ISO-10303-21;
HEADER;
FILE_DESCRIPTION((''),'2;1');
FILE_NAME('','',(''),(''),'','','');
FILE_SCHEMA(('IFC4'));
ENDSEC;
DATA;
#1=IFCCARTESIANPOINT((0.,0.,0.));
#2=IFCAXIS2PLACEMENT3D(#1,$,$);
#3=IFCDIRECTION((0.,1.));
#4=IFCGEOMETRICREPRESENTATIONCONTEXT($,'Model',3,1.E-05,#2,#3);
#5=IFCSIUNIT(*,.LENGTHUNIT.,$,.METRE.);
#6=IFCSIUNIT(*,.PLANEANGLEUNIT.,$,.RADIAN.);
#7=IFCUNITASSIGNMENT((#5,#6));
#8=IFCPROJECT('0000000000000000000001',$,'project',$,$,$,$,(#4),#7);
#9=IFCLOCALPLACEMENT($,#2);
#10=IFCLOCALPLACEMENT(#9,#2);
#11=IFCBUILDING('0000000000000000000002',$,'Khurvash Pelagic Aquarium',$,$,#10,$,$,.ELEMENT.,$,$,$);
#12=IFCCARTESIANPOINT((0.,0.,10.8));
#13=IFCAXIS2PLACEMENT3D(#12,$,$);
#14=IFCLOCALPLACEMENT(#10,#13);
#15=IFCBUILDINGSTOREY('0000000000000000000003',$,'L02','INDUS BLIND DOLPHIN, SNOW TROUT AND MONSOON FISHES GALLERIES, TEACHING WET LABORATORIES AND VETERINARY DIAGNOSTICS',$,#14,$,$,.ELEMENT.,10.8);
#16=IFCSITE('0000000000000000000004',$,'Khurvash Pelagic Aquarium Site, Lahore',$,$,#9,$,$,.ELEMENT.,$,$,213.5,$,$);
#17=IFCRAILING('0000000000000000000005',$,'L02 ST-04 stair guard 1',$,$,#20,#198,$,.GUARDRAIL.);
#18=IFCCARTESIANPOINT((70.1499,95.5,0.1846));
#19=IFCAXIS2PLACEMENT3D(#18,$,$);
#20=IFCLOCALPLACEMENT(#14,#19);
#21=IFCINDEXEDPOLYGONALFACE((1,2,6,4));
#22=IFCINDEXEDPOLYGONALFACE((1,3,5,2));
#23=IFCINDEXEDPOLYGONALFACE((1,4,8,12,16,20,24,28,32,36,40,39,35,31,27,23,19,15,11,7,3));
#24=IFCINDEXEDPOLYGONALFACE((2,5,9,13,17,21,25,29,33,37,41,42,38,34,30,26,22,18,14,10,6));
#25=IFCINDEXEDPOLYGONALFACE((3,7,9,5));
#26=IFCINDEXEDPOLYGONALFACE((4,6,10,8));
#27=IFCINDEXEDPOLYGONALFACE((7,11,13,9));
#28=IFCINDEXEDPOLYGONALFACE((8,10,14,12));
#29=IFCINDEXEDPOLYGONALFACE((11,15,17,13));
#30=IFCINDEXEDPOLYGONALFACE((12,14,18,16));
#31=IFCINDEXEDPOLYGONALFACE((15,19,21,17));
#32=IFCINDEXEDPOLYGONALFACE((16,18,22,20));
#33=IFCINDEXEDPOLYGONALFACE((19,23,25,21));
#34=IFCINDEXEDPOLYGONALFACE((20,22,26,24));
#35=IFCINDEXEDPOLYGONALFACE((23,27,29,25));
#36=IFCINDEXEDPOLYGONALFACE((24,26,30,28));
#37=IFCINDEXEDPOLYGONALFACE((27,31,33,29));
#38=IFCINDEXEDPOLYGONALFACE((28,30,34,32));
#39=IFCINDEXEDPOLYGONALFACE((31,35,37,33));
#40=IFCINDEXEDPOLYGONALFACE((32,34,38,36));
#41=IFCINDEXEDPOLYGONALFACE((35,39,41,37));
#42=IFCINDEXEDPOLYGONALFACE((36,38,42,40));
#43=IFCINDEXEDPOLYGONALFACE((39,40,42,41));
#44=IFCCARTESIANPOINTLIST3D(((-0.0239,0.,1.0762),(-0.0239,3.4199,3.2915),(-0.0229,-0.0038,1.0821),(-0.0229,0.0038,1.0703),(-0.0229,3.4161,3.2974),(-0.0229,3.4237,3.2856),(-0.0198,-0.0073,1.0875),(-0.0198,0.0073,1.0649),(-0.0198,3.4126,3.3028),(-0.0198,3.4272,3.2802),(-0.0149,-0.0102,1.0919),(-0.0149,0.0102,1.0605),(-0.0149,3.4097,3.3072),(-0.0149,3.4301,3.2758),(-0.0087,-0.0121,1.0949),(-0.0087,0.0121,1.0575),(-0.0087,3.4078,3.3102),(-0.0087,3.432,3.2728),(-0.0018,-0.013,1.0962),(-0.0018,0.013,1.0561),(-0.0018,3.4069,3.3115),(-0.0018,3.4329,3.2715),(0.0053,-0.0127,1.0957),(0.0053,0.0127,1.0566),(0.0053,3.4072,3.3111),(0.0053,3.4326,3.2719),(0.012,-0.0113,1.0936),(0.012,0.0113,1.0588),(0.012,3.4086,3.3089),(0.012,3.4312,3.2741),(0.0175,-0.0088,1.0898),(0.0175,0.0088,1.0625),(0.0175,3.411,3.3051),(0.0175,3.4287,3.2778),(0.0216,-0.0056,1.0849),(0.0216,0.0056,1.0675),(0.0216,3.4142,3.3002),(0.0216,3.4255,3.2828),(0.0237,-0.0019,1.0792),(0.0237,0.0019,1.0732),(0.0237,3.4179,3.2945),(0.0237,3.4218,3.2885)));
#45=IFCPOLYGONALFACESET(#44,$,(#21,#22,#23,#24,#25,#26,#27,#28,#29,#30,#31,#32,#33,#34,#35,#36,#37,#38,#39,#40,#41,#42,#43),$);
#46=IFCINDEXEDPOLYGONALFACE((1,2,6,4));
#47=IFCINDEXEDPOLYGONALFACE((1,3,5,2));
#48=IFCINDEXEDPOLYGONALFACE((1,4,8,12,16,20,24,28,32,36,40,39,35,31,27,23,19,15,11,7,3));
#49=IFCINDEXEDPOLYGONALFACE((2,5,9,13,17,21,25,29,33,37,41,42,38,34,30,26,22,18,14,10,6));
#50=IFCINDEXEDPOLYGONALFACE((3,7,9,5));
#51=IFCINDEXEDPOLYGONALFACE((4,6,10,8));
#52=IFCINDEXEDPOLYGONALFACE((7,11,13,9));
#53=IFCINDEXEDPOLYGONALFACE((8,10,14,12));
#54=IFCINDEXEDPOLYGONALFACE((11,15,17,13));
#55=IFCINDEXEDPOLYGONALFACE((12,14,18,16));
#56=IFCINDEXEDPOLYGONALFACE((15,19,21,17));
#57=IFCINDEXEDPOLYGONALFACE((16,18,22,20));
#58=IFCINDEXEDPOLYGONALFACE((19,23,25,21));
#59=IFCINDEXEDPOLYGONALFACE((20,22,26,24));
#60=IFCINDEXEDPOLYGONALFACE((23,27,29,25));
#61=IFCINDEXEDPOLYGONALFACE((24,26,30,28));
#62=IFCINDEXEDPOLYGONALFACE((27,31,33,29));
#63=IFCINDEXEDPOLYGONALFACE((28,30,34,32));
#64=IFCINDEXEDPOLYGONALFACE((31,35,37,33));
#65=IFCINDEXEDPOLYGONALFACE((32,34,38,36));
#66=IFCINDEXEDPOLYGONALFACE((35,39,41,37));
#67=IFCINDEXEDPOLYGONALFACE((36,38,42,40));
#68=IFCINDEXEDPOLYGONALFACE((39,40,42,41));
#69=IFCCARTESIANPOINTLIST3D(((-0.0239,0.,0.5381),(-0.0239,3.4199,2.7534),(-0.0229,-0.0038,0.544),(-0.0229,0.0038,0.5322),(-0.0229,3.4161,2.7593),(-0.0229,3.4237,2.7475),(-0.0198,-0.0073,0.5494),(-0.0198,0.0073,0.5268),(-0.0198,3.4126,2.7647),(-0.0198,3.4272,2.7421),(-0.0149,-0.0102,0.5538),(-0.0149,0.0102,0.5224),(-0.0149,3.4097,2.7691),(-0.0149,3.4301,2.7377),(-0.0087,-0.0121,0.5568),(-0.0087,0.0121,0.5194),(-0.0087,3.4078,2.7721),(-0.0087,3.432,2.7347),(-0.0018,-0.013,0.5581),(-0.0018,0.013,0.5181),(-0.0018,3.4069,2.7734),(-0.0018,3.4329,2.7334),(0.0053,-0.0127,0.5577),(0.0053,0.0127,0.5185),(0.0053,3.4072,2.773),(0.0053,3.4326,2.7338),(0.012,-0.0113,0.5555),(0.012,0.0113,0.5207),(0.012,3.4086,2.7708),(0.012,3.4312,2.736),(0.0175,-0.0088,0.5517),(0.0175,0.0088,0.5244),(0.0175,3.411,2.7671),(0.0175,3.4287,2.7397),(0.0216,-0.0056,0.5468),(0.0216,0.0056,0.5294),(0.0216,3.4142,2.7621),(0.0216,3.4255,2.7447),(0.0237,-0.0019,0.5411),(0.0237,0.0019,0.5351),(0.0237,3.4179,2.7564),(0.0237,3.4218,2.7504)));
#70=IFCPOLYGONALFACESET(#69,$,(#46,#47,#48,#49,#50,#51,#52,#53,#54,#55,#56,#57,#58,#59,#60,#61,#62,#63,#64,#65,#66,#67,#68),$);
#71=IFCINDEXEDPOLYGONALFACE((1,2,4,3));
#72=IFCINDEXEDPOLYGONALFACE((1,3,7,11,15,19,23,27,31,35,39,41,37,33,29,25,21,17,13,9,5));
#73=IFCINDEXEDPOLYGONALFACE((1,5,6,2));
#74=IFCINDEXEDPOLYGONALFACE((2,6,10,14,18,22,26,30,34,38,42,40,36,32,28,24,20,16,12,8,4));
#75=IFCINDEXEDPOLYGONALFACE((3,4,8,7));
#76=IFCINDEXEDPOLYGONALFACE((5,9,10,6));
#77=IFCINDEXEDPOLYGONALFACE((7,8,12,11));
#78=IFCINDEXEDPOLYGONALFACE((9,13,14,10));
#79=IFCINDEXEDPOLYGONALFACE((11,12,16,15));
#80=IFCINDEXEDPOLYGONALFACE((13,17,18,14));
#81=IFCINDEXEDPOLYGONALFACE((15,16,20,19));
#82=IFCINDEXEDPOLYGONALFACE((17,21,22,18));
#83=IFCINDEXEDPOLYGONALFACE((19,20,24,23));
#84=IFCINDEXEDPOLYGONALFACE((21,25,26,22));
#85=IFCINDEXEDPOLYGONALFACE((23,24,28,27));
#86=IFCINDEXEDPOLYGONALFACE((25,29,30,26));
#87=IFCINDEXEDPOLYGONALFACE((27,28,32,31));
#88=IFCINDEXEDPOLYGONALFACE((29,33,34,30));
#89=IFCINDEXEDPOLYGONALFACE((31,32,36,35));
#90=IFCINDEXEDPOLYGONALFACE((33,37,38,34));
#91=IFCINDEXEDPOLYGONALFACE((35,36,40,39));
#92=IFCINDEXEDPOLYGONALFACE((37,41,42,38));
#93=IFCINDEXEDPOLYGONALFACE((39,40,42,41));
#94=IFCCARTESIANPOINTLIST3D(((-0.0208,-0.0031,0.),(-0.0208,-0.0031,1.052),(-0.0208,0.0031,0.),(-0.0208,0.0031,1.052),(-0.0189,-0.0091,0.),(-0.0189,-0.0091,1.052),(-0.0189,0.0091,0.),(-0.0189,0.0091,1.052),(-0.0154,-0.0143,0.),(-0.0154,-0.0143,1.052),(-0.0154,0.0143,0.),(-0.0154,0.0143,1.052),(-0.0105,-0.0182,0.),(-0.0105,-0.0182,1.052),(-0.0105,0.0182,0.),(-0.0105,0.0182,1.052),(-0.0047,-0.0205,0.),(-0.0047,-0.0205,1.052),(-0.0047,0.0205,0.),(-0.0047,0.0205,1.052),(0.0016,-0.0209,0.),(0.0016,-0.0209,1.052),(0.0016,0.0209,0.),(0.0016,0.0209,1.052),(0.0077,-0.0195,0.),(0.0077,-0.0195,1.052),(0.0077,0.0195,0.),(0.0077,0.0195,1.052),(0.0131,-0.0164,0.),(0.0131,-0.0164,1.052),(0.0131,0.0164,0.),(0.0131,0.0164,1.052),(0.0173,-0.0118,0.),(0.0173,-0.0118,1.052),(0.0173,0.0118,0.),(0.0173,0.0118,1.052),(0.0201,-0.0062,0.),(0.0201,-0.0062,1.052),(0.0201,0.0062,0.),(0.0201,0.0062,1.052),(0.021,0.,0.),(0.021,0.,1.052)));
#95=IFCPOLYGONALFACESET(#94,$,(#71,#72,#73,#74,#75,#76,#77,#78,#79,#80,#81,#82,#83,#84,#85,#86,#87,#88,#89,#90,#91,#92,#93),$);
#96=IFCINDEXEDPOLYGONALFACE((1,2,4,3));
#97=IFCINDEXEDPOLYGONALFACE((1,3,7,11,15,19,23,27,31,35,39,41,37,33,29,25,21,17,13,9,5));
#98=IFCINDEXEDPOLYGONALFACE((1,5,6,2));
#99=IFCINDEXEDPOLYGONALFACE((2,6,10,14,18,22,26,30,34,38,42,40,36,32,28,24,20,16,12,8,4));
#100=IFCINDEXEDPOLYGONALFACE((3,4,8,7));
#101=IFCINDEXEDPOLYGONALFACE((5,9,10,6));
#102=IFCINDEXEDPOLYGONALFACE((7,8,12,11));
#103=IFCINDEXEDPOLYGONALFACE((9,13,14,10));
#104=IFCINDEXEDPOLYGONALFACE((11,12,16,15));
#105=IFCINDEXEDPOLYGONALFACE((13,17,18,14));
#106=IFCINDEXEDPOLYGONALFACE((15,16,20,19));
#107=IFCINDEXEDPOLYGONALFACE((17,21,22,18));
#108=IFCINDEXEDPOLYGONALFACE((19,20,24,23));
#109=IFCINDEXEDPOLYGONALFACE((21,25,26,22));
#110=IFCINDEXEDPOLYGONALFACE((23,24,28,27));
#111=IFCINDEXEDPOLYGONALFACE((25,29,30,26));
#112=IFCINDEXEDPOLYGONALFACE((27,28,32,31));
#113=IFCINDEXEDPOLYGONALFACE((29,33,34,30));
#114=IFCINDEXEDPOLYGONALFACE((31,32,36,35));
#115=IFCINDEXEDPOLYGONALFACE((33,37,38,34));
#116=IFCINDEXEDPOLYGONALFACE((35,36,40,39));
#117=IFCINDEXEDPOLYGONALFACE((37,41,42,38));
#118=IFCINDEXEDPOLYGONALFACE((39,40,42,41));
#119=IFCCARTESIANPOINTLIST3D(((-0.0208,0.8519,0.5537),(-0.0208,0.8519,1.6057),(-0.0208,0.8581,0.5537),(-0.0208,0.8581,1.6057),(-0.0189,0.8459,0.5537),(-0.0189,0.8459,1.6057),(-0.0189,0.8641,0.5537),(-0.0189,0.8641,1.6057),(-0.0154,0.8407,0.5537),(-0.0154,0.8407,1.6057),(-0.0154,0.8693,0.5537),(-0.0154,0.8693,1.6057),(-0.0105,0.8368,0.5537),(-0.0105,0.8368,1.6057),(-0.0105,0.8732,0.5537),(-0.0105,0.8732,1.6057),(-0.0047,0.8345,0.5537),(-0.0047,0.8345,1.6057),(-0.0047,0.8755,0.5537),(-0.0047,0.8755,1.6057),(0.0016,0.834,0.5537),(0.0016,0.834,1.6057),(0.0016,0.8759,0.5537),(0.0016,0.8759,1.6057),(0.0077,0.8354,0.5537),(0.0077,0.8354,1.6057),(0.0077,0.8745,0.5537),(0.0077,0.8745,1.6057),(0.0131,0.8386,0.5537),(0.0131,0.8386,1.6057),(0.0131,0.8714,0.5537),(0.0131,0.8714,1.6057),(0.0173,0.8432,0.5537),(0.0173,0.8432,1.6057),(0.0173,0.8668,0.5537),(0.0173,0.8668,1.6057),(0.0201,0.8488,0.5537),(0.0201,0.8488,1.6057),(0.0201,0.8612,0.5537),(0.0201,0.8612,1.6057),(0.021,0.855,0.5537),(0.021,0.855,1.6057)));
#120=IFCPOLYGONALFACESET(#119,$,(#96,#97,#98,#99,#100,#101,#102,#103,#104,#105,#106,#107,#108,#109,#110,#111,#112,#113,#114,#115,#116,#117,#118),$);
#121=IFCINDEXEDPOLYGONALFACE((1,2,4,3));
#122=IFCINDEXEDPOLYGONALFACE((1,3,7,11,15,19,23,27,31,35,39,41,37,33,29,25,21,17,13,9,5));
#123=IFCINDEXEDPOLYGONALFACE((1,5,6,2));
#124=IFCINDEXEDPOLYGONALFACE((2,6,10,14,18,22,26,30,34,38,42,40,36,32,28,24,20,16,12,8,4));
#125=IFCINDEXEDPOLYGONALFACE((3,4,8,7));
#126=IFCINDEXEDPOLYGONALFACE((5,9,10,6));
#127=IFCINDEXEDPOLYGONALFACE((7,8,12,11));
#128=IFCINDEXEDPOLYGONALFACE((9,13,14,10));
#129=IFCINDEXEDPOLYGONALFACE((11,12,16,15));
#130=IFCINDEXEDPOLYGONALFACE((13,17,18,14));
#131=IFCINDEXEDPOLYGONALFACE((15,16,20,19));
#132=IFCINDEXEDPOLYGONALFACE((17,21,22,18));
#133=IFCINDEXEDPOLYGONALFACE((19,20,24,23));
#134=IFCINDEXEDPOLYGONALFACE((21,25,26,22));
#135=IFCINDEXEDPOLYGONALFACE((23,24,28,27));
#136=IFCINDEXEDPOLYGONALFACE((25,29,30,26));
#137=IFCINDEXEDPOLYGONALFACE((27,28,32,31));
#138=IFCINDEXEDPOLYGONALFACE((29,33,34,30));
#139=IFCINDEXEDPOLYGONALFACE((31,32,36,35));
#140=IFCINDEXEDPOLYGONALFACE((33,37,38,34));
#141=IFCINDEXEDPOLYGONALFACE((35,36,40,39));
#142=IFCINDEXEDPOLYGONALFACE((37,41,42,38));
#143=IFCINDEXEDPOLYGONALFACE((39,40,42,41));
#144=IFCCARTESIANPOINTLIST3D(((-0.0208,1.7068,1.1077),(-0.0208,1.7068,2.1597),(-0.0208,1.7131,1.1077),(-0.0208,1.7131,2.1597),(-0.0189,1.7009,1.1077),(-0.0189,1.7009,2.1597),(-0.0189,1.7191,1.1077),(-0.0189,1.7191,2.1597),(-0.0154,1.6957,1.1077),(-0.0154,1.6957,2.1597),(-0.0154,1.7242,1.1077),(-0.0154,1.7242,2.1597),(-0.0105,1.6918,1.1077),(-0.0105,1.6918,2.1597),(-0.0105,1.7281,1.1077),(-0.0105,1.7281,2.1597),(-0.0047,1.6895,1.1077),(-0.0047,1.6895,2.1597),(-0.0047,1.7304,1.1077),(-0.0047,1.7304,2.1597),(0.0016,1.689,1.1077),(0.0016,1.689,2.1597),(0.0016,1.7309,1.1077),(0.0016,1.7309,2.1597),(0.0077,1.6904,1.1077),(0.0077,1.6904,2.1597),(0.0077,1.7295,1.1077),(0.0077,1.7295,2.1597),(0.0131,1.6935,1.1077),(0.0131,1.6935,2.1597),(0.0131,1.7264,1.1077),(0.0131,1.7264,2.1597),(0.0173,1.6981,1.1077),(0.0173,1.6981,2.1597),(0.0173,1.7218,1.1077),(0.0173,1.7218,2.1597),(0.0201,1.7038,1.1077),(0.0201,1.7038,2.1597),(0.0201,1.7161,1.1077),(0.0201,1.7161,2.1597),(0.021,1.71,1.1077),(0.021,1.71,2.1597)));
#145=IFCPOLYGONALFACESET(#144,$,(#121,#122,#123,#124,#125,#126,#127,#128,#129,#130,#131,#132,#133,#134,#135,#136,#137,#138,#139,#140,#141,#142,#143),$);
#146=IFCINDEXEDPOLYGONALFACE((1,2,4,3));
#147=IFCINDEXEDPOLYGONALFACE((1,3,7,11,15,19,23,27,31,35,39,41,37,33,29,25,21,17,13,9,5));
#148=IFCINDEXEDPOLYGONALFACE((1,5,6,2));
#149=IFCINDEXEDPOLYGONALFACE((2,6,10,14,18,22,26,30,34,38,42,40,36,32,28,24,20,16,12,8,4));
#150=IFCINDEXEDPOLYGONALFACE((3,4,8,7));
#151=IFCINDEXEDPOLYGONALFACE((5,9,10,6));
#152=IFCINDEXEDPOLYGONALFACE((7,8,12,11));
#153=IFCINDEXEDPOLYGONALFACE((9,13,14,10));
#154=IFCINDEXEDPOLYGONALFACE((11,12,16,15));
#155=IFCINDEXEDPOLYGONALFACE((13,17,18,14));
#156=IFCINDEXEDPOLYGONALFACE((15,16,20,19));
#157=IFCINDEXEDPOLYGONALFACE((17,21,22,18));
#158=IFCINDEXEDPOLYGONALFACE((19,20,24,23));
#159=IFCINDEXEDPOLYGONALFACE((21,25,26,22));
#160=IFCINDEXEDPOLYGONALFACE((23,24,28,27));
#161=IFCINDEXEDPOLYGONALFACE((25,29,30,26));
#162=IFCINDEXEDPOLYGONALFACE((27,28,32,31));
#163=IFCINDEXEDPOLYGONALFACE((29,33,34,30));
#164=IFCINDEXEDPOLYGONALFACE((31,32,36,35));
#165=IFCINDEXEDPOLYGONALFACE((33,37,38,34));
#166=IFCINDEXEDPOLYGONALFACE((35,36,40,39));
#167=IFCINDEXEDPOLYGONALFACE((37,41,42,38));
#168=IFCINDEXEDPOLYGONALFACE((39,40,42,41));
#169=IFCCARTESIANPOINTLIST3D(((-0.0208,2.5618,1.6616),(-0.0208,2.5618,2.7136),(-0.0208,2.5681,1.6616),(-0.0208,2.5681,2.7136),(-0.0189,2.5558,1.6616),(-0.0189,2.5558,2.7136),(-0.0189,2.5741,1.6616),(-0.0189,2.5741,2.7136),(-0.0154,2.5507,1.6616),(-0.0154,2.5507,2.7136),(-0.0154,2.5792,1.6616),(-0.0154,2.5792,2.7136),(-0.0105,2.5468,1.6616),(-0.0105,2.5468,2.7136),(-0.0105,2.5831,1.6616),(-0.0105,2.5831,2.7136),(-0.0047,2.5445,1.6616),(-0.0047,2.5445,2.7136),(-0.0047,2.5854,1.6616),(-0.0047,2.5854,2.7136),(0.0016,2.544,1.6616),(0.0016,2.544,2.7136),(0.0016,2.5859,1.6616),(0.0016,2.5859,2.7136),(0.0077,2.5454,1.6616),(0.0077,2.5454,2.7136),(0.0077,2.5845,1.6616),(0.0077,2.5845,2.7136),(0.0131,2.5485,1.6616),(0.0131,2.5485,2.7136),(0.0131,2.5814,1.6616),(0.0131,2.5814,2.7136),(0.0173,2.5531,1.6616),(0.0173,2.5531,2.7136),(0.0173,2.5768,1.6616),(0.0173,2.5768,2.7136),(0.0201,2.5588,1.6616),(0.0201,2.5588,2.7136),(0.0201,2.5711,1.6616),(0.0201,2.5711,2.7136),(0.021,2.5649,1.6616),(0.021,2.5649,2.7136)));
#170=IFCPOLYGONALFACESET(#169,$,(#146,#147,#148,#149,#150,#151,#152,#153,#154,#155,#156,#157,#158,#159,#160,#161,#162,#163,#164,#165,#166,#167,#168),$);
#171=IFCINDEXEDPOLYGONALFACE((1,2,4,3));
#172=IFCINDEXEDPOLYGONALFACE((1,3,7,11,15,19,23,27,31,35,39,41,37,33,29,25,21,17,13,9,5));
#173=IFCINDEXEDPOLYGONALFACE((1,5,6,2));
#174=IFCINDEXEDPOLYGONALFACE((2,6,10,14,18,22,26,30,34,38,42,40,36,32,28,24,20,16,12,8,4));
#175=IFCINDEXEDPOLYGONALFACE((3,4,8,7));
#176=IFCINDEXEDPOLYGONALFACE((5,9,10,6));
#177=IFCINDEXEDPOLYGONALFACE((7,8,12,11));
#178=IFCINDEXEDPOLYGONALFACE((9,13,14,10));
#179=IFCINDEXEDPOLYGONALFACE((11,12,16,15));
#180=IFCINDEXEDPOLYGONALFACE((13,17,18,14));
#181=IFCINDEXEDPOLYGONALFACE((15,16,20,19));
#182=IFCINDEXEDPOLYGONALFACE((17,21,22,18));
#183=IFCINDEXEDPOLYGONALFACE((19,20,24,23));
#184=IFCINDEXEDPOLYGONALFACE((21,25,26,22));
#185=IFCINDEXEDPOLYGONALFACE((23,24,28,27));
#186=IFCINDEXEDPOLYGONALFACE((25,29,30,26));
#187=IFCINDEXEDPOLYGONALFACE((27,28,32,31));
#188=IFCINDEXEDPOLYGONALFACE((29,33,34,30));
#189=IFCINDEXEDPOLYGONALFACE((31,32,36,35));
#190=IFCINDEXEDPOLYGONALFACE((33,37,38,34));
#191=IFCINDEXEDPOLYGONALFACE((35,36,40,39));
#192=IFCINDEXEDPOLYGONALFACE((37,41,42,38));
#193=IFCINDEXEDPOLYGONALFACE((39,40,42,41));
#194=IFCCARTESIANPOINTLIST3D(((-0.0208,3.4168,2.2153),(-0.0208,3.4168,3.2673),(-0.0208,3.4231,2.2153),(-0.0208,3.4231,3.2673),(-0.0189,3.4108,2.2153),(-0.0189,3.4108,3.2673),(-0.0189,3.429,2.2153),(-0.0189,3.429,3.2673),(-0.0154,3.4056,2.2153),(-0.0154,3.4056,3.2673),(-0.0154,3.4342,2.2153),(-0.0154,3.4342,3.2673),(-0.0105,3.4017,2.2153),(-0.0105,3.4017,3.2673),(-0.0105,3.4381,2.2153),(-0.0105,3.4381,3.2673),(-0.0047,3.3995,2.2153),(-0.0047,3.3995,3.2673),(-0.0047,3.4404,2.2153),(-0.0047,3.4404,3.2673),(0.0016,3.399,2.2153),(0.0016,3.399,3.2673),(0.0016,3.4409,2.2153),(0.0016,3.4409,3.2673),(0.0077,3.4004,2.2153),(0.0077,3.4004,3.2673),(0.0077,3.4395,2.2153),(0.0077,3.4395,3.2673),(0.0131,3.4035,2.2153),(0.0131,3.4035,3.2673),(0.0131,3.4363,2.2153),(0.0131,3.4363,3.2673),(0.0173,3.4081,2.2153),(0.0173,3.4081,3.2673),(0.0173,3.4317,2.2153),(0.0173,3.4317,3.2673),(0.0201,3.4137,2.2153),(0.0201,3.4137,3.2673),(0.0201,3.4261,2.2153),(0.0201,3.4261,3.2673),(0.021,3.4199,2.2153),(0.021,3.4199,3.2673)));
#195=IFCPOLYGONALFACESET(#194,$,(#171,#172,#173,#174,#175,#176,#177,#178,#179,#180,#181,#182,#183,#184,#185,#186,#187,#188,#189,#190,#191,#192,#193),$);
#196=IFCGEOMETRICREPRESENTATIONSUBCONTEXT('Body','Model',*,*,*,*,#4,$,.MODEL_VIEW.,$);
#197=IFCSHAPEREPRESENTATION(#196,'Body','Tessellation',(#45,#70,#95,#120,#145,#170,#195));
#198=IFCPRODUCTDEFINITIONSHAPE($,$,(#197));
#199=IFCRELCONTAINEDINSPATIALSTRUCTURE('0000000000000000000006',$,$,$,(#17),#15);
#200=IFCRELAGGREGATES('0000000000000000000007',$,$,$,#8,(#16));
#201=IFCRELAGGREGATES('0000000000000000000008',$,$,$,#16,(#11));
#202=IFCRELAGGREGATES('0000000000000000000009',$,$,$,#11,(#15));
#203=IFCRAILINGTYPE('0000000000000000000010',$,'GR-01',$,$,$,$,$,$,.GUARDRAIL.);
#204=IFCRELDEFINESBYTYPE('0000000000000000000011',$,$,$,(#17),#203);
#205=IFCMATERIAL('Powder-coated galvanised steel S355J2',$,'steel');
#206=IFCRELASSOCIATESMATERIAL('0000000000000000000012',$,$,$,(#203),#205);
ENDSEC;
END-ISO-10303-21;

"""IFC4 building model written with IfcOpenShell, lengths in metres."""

from ifc_helpers import new_model, si_unit, direction, frame, origin, origin_2d, place, context, subcontext, project, spatial, circle, extrude, material, type_object, element, save


model = new_model("IFC4")

# Units and contexts
model_context = context("Model", 3, precision=1e-05, world=origin(), true_north=direction((0.0, 1.0)))
body_context = subcontext(model_context, "Body", "Model", "MODEL_VIEW")
ifc_project = project(units=[si_unit("LENGTHUNIT", "METRE"), si_unit("PLANEANGLEUNIT", "RADIAN")], contexts=[model_context])

# Site, building, storey
site_placement = place(None, origin())
site = spatial("IfcSite", under=ifc_project, at=site_placement, Name="Khurvash Pelagic Aquarium Site, Lahore", CompositionType="ELEMENT", RefElevation=213.5)
building_placement = place(site_placement, origin())
building = spatial("IfcBuilding", under=site, at=building_placement, Name="Khurvash Pelagic Aquarium", CompositionType="ELEMENT")
storey_placement = place(building_placement, frame((0.0, 0.0, 10.8)))
storey = spatial("IfcBuildingStorey", under=building, at=storey_placement, Name="L02", Description="INDUS BLIND DOLPHIN, SNOW TROUT AND MONSOON FISHES GALLERIES, TEACHING WET LABORATORIES AND VETERINARY DIAGNOSTICS", CompositionType="ELEMENT", Elevation=10.8)

# Railing
ifc_material_1 = material(Name="Powder-coated galvanised steel S355J2", Category="steel")
railing_type_1 = type_object("IfcRailingType", Name="GR-01", PredefinedType="GUARDRAIL", material=ifc_material_1)
railing_1_placement = place(storey_placement, frame((70.1499, 95.5, 0.1846)))
element("IfcRailing", 1, at=railing_1_placement, inside=storey, type_object=railing_type_1, Name="L02 ST-04 stair guard 1", PredefinedType="GUARDRAIL", context=body_context, shape_type="SweptSolid", body=[
    extrude(circle(Radius=0.0239, at=origin_2d()), frame((0.0, 0.0, 1.0762), z_axis=(0.0, 0.839297, 0.543674), x_axis=(-1.0, 0.0, 0.0)), (0.0, 0.0, 1.0), 4.0747),
    extrude(circle(Radius=0.0239, at=origin_2d()), frame((0.0, 0.0, 0.5381), z_axis=(0.0, 0.839297, 0.543674), x_axis=(-1.0, 0.0, 0.0)), (0.0, 0.0, 1.0), 4.0747),
    extrude(circle(Radius=0.021, at=origin_2d()), origin(), (0.0, 0.0, 1.0), 1.052),
    extrude(circle(Radius=0.021, at=origin_2d()), frame((0.0, 0.855, 0.5537)), (0.0, 0.0, 1.0), 1.052),
    extrude(circle(Radius=0.021, at=origin_2d()), frame((0.0, 1.71, 1.1077)), (0.0, 0.0, 1.0), 1.052),
    extrude(circle(Radius=0.021, at=origin_2d()), frame((0.0, 2.5649, 1.6616)), (0.0, 0.0, 1.0), 1.052),
    extrude(circle(Radius=0.021, at=origin_2d()), frame((0.0, 3.4199, 2.2153)), (0.0, 0.0, 1.0), 1.052),
])

save(model, "model.ifc")
